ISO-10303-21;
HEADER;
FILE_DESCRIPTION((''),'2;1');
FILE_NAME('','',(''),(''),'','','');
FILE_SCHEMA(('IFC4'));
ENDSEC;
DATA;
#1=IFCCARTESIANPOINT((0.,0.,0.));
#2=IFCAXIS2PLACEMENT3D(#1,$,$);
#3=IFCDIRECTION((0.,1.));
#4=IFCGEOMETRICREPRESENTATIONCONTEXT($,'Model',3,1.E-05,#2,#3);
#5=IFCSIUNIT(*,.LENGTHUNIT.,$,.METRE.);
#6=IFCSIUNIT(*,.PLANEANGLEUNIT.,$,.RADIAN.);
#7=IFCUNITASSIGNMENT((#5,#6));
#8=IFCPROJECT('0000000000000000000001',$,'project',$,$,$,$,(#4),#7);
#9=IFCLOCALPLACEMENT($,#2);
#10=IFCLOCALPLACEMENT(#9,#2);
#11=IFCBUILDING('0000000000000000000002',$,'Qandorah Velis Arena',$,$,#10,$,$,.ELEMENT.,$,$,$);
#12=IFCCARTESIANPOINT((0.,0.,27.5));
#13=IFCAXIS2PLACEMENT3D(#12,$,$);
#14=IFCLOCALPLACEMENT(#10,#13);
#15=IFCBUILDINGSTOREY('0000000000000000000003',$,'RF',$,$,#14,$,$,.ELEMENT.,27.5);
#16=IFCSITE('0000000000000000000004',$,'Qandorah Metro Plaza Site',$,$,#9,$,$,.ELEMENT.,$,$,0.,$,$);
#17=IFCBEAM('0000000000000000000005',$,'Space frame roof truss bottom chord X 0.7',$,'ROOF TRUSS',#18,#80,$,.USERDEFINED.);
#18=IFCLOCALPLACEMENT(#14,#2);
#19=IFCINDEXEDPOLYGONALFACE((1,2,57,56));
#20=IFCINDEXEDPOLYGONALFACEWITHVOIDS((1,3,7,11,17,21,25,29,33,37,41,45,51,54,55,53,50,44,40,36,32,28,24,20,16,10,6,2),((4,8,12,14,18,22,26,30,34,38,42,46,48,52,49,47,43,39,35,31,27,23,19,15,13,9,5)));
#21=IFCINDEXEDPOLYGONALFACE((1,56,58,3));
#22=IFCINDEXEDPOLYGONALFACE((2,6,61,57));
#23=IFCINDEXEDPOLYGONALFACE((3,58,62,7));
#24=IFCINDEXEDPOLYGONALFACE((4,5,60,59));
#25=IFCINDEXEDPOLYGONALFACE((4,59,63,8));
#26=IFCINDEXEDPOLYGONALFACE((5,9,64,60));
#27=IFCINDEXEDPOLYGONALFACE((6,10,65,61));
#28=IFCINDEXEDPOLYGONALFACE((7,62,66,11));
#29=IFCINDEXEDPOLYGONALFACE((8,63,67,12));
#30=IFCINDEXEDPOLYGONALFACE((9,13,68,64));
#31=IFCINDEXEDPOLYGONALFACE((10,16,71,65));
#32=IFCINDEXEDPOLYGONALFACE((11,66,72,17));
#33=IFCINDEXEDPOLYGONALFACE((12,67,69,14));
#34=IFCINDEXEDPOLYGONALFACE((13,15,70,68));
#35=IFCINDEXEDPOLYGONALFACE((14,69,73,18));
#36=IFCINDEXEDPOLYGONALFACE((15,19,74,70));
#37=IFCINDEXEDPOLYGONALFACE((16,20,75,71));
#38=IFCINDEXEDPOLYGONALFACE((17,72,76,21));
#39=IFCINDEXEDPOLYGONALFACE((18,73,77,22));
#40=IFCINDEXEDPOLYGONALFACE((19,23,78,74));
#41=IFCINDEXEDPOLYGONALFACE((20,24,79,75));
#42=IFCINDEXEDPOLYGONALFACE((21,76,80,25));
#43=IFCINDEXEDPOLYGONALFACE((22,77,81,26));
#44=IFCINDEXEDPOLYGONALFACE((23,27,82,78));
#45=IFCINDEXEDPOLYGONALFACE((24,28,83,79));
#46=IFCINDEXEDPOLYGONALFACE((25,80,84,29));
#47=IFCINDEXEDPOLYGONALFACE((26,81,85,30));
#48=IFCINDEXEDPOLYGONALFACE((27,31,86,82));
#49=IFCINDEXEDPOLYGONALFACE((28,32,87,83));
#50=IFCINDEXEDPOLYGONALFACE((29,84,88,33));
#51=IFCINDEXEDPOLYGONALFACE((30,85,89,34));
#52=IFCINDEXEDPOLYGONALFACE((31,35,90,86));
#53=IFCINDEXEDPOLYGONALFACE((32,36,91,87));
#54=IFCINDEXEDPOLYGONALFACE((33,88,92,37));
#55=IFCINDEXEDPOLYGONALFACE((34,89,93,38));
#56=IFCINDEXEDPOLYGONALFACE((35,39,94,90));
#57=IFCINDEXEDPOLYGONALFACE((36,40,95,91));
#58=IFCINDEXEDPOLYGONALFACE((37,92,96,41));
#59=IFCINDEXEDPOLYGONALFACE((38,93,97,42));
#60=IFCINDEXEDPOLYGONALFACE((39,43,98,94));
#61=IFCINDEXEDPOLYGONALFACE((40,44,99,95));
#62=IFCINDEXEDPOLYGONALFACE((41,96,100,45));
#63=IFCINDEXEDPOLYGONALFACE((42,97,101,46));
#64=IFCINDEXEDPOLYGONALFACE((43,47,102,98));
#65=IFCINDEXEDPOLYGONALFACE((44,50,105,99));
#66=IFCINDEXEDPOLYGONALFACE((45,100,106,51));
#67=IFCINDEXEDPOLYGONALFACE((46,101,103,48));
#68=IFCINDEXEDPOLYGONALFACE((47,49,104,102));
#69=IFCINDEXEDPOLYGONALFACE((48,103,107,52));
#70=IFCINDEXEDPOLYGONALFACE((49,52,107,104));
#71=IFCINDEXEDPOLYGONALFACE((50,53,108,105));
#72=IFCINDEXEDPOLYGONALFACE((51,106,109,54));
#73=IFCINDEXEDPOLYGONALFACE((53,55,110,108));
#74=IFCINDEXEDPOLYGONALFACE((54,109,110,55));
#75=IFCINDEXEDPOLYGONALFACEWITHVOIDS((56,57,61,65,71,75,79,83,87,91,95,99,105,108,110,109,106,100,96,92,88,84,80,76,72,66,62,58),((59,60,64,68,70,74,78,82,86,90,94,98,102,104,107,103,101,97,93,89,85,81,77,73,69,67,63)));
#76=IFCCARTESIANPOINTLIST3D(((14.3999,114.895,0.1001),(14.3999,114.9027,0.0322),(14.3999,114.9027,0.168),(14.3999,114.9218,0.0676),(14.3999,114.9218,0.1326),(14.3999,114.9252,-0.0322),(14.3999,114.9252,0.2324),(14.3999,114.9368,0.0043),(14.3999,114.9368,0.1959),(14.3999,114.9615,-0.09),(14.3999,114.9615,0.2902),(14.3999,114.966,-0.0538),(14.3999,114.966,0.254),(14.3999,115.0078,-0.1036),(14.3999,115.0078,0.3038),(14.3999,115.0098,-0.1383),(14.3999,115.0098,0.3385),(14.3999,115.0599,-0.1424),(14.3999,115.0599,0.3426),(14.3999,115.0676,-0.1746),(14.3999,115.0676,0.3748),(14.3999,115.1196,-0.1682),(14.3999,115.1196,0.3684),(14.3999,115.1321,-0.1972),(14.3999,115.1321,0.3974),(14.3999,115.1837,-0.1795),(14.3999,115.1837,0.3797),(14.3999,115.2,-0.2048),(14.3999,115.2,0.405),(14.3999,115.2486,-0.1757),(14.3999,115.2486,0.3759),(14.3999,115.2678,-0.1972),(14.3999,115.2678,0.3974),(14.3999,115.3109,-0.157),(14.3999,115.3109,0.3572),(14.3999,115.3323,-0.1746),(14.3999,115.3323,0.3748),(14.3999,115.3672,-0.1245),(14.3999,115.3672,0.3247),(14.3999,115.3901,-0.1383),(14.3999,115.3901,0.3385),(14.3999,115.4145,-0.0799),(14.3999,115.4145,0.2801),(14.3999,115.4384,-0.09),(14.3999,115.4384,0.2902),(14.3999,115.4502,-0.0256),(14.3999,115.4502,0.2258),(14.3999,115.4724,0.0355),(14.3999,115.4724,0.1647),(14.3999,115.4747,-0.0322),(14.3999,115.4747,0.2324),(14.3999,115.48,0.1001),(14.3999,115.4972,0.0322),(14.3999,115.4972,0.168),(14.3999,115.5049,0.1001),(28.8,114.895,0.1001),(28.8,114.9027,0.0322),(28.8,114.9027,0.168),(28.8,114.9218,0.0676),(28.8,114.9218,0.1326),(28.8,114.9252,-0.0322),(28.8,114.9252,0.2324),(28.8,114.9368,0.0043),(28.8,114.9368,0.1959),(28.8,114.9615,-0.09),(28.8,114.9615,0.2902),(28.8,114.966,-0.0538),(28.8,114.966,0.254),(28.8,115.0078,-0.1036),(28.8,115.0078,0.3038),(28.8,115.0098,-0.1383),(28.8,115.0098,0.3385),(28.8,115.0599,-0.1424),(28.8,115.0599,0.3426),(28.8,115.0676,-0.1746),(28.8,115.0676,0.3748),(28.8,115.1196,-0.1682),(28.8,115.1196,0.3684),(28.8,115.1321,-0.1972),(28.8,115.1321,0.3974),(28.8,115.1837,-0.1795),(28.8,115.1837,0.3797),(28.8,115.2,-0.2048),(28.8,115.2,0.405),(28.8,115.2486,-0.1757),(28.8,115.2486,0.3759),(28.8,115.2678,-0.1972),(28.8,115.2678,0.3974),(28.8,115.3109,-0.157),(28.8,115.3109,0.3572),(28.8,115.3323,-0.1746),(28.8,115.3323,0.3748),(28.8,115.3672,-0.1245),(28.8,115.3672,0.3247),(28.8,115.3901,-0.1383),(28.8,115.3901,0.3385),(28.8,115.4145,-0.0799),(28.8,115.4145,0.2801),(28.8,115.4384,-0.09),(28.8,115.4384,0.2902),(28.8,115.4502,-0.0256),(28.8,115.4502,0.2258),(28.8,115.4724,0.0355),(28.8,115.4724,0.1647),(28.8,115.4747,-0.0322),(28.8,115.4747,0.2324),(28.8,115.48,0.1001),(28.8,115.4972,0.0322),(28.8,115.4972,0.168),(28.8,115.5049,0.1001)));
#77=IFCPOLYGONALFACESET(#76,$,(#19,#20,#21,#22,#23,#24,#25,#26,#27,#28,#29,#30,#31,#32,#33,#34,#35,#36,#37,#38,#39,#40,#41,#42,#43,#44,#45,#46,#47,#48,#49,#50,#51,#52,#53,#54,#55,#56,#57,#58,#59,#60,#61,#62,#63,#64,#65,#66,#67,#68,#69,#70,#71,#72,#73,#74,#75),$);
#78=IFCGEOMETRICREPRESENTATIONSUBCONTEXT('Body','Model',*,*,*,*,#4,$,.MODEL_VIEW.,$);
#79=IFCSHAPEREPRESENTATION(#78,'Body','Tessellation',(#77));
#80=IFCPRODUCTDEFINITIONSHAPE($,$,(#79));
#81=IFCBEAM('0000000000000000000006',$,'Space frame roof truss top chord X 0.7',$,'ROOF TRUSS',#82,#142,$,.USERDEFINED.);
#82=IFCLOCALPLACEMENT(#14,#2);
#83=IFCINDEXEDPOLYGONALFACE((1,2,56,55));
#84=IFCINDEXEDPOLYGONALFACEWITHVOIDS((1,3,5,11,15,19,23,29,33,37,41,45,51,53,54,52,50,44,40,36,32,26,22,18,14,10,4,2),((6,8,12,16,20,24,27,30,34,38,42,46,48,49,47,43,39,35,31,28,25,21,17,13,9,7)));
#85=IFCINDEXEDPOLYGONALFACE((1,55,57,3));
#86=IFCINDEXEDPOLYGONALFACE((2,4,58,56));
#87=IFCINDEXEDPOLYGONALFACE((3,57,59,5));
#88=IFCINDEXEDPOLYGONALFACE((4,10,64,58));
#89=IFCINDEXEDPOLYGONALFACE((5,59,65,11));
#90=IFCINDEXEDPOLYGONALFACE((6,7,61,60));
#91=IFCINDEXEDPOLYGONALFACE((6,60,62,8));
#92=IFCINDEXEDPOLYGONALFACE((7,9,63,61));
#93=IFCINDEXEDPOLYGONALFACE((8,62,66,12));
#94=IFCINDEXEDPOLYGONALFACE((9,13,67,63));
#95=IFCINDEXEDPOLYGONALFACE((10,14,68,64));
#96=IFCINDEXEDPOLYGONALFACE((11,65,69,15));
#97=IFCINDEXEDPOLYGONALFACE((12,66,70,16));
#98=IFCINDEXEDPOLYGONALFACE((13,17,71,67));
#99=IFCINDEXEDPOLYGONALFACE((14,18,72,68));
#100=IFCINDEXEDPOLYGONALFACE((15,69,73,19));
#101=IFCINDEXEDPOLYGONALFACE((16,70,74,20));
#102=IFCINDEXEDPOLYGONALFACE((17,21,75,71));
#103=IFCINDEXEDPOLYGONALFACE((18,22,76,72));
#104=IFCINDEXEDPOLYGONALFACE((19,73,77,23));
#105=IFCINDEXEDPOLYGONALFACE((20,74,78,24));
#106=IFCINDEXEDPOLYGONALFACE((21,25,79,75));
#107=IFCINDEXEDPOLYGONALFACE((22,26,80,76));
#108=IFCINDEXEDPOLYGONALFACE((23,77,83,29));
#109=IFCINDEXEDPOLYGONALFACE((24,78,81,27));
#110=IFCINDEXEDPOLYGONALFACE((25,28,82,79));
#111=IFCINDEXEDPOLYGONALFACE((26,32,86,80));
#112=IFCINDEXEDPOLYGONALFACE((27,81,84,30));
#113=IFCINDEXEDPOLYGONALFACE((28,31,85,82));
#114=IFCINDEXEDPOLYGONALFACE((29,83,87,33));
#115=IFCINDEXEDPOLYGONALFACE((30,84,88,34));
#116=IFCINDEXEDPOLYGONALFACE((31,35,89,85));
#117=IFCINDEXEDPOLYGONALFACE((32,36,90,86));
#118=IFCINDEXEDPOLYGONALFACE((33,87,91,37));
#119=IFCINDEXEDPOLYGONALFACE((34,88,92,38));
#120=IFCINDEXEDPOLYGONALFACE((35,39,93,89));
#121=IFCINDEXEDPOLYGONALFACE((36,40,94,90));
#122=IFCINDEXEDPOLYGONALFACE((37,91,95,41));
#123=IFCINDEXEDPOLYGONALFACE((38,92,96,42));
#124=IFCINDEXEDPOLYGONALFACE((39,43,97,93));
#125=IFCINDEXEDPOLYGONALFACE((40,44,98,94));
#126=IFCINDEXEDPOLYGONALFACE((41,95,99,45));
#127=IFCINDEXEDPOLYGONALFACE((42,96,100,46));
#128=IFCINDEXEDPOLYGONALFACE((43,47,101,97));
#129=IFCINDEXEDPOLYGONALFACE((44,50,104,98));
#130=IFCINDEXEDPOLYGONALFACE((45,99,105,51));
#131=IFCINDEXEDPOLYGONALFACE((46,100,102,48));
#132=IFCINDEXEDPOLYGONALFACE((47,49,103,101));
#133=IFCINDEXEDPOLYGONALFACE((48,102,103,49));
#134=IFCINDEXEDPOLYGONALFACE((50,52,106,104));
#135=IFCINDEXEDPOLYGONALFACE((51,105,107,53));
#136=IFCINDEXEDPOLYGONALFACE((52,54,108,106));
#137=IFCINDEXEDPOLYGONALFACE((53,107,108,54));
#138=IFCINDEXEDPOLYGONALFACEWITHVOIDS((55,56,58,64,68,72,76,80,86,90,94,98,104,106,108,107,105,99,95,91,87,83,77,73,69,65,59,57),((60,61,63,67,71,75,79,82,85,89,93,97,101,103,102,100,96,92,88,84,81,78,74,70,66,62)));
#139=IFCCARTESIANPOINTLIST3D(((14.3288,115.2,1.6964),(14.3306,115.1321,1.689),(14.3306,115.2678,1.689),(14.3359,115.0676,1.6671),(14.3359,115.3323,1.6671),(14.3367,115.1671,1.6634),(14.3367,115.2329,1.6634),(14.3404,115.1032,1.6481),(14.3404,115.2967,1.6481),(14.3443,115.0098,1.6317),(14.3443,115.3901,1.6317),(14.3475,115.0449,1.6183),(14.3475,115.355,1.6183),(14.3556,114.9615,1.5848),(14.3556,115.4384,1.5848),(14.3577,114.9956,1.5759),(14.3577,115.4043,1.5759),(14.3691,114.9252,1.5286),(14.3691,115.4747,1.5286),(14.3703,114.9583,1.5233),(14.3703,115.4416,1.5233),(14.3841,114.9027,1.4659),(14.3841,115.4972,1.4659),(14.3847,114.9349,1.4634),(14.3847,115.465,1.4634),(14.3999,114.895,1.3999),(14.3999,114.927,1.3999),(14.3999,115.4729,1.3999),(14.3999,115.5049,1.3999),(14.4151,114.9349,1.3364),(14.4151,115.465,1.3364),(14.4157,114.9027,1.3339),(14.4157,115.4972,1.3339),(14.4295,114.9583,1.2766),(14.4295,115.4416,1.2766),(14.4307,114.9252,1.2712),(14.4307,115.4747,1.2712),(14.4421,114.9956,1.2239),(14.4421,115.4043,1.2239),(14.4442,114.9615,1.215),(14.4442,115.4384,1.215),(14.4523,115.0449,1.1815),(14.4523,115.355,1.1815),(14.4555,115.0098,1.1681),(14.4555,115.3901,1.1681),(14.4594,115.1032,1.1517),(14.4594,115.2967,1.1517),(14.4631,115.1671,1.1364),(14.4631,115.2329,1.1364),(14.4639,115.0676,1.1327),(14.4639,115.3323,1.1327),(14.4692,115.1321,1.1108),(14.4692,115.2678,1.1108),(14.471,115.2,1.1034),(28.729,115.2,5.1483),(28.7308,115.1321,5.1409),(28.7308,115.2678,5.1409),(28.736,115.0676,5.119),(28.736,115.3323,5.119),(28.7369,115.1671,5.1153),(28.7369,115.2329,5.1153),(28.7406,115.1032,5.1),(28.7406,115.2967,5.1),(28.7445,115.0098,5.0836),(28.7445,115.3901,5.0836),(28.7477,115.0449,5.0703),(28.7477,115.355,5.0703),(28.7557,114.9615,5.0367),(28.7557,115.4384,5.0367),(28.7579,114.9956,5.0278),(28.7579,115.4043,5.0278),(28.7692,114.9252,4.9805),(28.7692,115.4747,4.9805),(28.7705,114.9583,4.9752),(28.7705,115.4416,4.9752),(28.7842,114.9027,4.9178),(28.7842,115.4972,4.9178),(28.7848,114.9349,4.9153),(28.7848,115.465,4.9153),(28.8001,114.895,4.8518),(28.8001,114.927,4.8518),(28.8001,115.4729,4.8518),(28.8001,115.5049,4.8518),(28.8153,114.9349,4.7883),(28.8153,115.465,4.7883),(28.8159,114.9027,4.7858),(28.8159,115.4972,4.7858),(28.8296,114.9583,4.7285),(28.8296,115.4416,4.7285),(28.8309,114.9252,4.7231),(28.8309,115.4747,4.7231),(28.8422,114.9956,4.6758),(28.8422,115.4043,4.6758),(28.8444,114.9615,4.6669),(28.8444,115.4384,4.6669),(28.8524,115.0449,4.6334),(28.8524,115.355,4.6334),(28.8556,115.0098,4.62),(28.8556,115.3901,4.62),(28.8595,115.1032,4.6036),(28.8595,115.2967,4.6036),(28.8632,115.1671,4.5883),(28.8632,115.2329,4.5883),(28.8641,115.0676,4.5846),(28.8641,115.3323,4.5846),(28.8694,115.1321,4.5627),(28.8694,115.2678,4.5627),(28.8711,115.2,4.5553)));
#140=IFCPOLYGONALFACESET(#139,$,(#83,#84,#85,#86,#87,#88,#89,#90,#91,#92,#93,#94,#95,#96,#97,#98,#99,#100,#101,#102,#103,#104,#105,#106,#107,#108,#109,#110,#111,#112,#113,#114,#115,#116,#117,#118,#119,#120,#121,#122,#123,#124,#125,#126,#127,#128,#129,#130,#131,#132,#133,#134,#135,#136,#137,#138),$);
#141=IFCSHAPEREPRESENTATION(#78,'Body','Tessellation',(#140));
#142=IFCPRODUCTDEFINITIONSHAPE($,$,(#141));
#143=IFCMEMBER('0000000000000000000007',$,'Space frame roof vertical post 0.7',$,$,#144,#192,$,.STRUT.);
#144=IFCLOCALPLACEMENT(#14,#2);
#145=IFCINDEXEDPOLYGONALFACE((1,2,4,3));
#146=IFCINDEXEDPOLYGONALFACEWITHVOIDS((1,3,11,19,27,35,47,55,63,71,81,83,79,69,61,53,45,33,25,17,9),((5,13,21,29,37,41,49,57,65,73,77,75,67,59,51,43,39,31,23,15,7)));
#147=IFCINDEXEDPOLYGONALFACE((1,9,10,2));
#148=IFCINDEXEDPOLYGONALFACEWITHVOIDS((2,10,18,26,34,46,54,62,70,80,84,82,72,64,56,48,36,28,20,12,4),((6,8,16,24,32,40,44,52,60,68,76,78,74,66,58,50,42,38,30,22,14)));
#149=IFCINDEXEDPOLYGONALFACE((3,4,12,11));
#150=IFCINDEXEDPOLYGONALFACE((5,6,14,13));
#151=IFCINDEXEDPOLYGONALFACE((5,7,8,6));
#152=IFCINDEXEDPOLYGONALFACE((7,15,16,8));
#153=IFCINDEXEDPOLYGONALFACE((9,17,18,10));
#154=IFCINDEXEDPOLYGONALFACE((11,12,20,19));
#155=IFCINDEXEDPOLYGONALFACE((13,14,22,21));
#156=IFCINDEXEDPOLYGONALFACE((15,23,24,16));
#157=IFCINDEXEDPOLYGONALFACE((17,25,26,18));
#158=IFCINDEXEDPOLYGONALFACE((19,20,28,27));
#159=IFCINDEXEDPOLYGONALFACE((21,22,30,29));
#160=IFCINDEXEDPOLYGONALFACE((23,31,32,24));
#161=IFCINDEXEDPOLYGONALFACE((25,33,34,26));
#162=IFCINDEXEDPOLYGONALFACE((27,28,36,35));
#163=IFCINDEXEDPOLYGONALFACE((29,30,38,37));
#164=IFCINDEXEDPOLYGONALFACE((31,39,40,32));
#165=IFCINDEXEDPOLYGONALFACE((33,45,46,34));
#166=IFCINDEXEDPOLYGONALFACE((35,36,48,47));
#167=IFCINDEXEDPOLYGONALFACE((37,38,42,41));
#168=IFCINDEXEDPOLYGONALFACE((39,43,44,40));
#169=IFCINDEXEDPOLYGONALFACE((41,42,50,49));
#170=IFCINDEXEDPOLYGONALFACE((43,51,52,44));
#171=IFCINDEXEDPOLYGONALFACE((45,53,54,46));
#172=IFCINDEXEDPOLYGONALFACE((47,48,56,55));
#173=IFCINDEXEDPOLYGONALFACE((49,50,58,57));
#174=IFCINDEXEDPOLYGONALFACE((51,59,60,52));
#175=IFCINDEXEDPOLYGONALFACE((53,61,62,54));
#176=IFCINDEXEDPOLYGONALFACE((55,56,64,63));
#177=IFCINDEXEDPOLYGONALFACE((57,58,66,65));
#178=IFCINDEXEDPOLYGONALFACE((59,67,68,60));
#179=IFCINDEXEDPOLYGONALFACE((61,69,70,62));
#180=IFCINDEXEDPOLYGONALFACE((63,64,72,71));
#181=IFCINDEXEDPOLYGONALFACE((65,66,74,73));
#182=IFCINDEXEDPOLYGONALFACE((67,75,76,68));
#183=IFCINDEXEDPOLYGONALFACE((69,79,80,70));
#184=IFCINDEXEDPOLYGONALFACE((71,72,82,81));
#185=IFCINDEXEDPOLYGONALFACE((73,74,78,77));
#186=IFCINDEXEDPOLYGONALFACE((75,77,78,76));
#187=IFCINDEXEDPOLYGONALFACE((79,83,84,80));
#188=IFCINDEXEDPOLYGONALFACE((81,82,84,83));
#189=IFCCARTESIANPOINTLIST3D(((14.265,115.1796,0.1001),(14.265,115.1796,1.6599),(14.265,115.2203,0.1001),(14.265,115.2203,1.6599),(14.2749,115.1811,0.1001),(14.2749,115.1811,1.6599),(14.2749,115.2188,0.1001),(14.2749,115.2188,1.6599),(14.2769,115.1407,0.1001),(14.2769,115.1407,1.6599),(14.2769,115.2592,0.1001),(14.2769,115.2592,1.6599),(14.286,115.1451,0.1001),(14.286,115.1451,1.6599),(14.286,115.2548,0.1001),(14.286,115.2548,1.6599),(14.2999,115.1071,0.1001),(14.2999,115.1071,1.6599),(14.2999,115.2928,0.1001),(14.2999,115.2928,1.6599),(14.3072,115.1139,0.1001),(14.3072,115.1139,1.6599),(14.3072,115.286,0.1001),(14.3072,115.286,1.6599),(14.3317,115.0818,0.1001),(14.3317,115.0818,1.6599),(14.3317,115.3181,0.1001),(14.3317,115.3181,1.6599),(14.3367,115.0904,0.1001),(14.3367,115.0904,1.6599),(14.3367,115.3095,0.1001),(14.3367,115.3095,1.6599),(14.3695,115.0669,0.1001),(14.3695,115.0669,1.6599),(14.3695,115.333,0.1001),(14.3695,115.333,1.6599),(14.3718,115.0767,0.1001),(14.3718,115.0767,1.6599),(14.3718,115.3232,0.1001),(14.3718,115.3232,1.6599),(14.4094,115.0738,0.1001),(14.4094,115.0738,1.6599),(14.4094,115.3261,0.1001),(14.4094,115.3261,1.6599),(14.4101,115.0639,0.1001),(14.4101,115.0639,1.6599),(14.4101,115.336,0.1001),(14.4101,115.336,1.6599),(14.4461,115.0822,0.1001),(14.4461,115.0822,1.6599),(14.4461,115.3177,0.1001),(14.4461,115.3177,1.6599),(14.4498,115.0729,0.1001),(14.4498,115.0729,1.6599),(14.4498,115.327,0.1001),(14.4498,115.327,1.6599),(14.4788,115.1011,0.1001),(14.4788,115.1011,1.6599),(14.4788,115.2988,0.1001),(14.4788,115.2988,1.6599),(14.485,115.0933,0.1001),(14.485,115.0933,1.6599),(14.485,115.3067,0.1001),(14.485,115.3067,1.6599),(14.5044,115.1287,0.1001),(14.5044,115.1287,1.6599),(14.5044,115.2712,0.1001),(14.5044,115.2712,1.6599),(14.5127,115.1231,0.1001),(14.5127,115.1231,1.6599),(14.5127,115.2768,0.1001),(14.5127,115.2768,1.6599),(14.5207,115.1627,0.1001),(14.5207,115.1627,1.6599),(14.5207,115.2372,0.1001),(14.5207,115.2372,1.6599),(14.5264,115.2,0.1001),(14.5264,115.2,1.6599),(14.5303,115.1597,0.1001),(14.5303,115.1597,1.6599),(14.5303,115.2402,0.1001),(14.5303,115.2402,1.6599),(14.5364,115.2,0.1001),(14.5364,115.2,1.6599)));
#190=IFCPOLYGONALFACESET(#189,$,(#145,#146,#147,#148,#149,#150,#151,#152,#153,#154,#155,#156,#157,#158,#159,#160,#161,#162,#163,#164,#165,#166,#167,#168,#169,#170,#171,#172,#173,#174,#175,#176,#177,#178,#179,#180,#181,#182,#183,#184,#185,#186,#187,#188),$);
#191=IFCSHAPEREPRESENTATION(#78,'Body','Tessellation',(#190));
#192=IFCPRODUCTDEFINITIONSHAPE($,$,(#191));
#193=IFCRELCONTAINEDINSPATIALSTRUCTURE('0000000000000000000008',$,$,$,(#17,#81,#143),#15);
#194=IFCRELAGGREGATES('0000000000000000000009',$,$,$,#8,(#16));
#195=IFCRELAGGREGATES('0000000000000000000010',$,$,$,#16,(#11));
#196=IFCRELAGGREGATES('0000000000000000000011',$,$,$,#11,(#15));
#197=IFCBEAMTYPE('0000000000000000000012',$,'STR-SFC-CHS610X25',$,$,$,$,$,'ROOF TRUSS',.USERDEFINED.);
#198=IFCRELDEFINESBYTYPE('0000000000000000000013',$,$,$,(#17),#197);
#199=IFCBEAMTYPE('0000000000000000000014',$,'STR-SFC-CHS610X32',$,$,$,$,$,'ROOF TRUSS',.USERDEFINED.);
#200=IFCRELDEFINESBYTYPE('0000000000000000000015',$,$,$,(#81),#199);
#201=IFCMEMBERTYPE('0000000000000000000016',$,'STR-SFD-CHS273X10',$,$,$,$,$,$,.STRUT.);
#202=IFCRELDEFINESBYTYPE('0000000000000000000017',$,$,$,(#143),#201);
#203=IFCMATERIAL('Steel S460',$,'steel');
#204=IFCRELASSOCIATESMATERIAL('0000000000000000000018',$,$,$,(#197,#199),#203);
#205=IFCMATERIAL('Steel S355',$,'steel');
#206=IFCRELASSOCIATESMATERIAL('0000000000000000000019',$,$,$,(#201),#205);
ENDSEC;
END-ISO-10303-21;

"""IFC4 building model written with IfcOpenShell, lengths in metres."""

from ifc_helpers import new_model, si_unit, direction, frame, origin, origin_2d, place, context, subcontext, project, spatial, hollow_circle, extrude, material, material_profile, profile_set, type_object, element, save


model = new_model("IFC4")

# Units and contexts
model_context = context("Model", 3, precision=1e-05, world=origin(), true_north=direction((0.0, 1.0)))
body_context = subcontext(model_context, "Body", "Model", "MODEL_VIEW")
ifc_project = project(units=[si_unit("LENGTHUNIT", "METRE"), si_unit("PLANEANGLEUNIT", "RADIAN")], contexts=[model_context])

# Site, building, storey
site_placement = place(None, origin())
site = spatial("IfcSite", under=ifc_project, at=site_placement, Name="Qandorah Metro Plaza Site", CompositionType="ELEMENT", RefElevation=0.0)
building_placement = place(site_placement, origin())
building = spatial("IfcBuilding", under=site, at=building_placement, Name="Qandorah Velis Arena", CompositionType="ELEMENT")
storey_placement = place(building_placement, frame((0.0, 0.0, 27.5)))
storey = spatial("IfcBuildingStorey", under=building, at=storey_placement, Name="RF", CompositionType="ELEMENT", Elevation=27.5)

# Shared definitions
ifc_material_1 = material(Name="Steel S355", Category="steel")

# Beams
ifc_material_2 = material(Name="Steel S460", Category="steel")
ifc_material_profile_1 = material_profile(ifc_material_2, hollow_circle(Radius=0.3049, WallThickness=0.0249, at=origin_2d()), Name="CHS 610x25")
ifc_profile_set_1 = profile_set([ifc_material_profile_1], Name="Steel S460")
beam_type_1 = type_object("IfcBeamType", Name="STR-SFC-CHS610X25", ElementType="ROOF TRUSS", PredefinedType="USERDEFINED", material=ifc_profile_set_1)
beam_1_placement = place(storey_placement, frame((14.3999, 115.2, 0.1001), z_axis=(1.0, 0.0, 0.0), x_axis=(0.0, 1.0, 0.0)))
element("IfcBeam", 1, at=beam_1_placement, inside=storey, type_object=beam_type_1, Name="Space frame roof truss bottom chord X 0.7", ObjectType="ROOF TRUSS", PredefinedType="USERDEFINED", context=body_context, shape_type="SweptSolid", body=[
    extrude(hollow_circle(Radius=0.3049, WallThickness=0.0249, at=origin_2d()), origin(), (0.0, 0.0, 1.0), 14.4001),
])
ifc_material_profile_2 = material_profile(ifc_material_2, hollow_circle(Radius=0.3049, WallThickness=0.032, at=origin_2d()), Name="CHS 610x32")
ifc_profile_set_2 = profile_set([ifc_material_profile_2], Name="Steel S460")
beam_type_2 = type_object("IfcBeamType", Name="STR-SFC-CHS610X32", ElementType="ROOF TRUSS", PredefinedType="USERDEFINED", material=ifc_profile_set_2)
beam_2_placement = place(storey_placement, frame((14.3999, 115.2, 1.3999), z_axis=(0.972451, 0.0, 0.233109), x_axis=(0.0, 1.0, 0.0)))
element("IfcBeam", 2, at=beam_2_placement, inside=storey, type_object=beam_type_2, Name="Space frame roof truss top chord X 0.7", ObjectType="ROOF TRUSS", PredefinedType="USERDEFINED", context=body_context, shape_type="SweptSolid", body=[
    extrude(hollow_circle(Radius=0.3049, WallThickness=0.032, at=origin_2d()), origin(), (0.0, 0.0, 1.0), 14.8081),
])

# Member
ifc_material_profile_3 = material_profile(ifc_material_1, hollow_circle(Radius=0.1365, WallThickness=0.01, at=origin_2d()), Name="CHS 273x10")
ifc_profile_set_3 = profile_set([ifc_material_profile_3], Name="Steel S355")
member_type_1 = type_object("IfcMemberType", Name="STR-SFD-CHS273X10", PredefinedType="STRUT", material=ifc_profile_set_3)
member_1_placement = place(storey_placement, frame((14.3999, 115.2, 0.1001), z_axis=(0.0, 0.0, 1.0), x_axis=(1.0, 0.0, 0.0)))
element("IfcMember", 3, at=member_1_placement, inside=storey, type_object=member_type_1, Name="Space frame roof vertical post 0.7", PredefinedType="STRUT", context=body_context, shape_type="SweptSolid", body=[
    extrude(hollow_circle(Radius=0.1365, WallThickness=0.01, at=origin_2d()), origin(), (0.0, 0.0, 1.0), 1.5598),
])

save(model, "model.ifc")
